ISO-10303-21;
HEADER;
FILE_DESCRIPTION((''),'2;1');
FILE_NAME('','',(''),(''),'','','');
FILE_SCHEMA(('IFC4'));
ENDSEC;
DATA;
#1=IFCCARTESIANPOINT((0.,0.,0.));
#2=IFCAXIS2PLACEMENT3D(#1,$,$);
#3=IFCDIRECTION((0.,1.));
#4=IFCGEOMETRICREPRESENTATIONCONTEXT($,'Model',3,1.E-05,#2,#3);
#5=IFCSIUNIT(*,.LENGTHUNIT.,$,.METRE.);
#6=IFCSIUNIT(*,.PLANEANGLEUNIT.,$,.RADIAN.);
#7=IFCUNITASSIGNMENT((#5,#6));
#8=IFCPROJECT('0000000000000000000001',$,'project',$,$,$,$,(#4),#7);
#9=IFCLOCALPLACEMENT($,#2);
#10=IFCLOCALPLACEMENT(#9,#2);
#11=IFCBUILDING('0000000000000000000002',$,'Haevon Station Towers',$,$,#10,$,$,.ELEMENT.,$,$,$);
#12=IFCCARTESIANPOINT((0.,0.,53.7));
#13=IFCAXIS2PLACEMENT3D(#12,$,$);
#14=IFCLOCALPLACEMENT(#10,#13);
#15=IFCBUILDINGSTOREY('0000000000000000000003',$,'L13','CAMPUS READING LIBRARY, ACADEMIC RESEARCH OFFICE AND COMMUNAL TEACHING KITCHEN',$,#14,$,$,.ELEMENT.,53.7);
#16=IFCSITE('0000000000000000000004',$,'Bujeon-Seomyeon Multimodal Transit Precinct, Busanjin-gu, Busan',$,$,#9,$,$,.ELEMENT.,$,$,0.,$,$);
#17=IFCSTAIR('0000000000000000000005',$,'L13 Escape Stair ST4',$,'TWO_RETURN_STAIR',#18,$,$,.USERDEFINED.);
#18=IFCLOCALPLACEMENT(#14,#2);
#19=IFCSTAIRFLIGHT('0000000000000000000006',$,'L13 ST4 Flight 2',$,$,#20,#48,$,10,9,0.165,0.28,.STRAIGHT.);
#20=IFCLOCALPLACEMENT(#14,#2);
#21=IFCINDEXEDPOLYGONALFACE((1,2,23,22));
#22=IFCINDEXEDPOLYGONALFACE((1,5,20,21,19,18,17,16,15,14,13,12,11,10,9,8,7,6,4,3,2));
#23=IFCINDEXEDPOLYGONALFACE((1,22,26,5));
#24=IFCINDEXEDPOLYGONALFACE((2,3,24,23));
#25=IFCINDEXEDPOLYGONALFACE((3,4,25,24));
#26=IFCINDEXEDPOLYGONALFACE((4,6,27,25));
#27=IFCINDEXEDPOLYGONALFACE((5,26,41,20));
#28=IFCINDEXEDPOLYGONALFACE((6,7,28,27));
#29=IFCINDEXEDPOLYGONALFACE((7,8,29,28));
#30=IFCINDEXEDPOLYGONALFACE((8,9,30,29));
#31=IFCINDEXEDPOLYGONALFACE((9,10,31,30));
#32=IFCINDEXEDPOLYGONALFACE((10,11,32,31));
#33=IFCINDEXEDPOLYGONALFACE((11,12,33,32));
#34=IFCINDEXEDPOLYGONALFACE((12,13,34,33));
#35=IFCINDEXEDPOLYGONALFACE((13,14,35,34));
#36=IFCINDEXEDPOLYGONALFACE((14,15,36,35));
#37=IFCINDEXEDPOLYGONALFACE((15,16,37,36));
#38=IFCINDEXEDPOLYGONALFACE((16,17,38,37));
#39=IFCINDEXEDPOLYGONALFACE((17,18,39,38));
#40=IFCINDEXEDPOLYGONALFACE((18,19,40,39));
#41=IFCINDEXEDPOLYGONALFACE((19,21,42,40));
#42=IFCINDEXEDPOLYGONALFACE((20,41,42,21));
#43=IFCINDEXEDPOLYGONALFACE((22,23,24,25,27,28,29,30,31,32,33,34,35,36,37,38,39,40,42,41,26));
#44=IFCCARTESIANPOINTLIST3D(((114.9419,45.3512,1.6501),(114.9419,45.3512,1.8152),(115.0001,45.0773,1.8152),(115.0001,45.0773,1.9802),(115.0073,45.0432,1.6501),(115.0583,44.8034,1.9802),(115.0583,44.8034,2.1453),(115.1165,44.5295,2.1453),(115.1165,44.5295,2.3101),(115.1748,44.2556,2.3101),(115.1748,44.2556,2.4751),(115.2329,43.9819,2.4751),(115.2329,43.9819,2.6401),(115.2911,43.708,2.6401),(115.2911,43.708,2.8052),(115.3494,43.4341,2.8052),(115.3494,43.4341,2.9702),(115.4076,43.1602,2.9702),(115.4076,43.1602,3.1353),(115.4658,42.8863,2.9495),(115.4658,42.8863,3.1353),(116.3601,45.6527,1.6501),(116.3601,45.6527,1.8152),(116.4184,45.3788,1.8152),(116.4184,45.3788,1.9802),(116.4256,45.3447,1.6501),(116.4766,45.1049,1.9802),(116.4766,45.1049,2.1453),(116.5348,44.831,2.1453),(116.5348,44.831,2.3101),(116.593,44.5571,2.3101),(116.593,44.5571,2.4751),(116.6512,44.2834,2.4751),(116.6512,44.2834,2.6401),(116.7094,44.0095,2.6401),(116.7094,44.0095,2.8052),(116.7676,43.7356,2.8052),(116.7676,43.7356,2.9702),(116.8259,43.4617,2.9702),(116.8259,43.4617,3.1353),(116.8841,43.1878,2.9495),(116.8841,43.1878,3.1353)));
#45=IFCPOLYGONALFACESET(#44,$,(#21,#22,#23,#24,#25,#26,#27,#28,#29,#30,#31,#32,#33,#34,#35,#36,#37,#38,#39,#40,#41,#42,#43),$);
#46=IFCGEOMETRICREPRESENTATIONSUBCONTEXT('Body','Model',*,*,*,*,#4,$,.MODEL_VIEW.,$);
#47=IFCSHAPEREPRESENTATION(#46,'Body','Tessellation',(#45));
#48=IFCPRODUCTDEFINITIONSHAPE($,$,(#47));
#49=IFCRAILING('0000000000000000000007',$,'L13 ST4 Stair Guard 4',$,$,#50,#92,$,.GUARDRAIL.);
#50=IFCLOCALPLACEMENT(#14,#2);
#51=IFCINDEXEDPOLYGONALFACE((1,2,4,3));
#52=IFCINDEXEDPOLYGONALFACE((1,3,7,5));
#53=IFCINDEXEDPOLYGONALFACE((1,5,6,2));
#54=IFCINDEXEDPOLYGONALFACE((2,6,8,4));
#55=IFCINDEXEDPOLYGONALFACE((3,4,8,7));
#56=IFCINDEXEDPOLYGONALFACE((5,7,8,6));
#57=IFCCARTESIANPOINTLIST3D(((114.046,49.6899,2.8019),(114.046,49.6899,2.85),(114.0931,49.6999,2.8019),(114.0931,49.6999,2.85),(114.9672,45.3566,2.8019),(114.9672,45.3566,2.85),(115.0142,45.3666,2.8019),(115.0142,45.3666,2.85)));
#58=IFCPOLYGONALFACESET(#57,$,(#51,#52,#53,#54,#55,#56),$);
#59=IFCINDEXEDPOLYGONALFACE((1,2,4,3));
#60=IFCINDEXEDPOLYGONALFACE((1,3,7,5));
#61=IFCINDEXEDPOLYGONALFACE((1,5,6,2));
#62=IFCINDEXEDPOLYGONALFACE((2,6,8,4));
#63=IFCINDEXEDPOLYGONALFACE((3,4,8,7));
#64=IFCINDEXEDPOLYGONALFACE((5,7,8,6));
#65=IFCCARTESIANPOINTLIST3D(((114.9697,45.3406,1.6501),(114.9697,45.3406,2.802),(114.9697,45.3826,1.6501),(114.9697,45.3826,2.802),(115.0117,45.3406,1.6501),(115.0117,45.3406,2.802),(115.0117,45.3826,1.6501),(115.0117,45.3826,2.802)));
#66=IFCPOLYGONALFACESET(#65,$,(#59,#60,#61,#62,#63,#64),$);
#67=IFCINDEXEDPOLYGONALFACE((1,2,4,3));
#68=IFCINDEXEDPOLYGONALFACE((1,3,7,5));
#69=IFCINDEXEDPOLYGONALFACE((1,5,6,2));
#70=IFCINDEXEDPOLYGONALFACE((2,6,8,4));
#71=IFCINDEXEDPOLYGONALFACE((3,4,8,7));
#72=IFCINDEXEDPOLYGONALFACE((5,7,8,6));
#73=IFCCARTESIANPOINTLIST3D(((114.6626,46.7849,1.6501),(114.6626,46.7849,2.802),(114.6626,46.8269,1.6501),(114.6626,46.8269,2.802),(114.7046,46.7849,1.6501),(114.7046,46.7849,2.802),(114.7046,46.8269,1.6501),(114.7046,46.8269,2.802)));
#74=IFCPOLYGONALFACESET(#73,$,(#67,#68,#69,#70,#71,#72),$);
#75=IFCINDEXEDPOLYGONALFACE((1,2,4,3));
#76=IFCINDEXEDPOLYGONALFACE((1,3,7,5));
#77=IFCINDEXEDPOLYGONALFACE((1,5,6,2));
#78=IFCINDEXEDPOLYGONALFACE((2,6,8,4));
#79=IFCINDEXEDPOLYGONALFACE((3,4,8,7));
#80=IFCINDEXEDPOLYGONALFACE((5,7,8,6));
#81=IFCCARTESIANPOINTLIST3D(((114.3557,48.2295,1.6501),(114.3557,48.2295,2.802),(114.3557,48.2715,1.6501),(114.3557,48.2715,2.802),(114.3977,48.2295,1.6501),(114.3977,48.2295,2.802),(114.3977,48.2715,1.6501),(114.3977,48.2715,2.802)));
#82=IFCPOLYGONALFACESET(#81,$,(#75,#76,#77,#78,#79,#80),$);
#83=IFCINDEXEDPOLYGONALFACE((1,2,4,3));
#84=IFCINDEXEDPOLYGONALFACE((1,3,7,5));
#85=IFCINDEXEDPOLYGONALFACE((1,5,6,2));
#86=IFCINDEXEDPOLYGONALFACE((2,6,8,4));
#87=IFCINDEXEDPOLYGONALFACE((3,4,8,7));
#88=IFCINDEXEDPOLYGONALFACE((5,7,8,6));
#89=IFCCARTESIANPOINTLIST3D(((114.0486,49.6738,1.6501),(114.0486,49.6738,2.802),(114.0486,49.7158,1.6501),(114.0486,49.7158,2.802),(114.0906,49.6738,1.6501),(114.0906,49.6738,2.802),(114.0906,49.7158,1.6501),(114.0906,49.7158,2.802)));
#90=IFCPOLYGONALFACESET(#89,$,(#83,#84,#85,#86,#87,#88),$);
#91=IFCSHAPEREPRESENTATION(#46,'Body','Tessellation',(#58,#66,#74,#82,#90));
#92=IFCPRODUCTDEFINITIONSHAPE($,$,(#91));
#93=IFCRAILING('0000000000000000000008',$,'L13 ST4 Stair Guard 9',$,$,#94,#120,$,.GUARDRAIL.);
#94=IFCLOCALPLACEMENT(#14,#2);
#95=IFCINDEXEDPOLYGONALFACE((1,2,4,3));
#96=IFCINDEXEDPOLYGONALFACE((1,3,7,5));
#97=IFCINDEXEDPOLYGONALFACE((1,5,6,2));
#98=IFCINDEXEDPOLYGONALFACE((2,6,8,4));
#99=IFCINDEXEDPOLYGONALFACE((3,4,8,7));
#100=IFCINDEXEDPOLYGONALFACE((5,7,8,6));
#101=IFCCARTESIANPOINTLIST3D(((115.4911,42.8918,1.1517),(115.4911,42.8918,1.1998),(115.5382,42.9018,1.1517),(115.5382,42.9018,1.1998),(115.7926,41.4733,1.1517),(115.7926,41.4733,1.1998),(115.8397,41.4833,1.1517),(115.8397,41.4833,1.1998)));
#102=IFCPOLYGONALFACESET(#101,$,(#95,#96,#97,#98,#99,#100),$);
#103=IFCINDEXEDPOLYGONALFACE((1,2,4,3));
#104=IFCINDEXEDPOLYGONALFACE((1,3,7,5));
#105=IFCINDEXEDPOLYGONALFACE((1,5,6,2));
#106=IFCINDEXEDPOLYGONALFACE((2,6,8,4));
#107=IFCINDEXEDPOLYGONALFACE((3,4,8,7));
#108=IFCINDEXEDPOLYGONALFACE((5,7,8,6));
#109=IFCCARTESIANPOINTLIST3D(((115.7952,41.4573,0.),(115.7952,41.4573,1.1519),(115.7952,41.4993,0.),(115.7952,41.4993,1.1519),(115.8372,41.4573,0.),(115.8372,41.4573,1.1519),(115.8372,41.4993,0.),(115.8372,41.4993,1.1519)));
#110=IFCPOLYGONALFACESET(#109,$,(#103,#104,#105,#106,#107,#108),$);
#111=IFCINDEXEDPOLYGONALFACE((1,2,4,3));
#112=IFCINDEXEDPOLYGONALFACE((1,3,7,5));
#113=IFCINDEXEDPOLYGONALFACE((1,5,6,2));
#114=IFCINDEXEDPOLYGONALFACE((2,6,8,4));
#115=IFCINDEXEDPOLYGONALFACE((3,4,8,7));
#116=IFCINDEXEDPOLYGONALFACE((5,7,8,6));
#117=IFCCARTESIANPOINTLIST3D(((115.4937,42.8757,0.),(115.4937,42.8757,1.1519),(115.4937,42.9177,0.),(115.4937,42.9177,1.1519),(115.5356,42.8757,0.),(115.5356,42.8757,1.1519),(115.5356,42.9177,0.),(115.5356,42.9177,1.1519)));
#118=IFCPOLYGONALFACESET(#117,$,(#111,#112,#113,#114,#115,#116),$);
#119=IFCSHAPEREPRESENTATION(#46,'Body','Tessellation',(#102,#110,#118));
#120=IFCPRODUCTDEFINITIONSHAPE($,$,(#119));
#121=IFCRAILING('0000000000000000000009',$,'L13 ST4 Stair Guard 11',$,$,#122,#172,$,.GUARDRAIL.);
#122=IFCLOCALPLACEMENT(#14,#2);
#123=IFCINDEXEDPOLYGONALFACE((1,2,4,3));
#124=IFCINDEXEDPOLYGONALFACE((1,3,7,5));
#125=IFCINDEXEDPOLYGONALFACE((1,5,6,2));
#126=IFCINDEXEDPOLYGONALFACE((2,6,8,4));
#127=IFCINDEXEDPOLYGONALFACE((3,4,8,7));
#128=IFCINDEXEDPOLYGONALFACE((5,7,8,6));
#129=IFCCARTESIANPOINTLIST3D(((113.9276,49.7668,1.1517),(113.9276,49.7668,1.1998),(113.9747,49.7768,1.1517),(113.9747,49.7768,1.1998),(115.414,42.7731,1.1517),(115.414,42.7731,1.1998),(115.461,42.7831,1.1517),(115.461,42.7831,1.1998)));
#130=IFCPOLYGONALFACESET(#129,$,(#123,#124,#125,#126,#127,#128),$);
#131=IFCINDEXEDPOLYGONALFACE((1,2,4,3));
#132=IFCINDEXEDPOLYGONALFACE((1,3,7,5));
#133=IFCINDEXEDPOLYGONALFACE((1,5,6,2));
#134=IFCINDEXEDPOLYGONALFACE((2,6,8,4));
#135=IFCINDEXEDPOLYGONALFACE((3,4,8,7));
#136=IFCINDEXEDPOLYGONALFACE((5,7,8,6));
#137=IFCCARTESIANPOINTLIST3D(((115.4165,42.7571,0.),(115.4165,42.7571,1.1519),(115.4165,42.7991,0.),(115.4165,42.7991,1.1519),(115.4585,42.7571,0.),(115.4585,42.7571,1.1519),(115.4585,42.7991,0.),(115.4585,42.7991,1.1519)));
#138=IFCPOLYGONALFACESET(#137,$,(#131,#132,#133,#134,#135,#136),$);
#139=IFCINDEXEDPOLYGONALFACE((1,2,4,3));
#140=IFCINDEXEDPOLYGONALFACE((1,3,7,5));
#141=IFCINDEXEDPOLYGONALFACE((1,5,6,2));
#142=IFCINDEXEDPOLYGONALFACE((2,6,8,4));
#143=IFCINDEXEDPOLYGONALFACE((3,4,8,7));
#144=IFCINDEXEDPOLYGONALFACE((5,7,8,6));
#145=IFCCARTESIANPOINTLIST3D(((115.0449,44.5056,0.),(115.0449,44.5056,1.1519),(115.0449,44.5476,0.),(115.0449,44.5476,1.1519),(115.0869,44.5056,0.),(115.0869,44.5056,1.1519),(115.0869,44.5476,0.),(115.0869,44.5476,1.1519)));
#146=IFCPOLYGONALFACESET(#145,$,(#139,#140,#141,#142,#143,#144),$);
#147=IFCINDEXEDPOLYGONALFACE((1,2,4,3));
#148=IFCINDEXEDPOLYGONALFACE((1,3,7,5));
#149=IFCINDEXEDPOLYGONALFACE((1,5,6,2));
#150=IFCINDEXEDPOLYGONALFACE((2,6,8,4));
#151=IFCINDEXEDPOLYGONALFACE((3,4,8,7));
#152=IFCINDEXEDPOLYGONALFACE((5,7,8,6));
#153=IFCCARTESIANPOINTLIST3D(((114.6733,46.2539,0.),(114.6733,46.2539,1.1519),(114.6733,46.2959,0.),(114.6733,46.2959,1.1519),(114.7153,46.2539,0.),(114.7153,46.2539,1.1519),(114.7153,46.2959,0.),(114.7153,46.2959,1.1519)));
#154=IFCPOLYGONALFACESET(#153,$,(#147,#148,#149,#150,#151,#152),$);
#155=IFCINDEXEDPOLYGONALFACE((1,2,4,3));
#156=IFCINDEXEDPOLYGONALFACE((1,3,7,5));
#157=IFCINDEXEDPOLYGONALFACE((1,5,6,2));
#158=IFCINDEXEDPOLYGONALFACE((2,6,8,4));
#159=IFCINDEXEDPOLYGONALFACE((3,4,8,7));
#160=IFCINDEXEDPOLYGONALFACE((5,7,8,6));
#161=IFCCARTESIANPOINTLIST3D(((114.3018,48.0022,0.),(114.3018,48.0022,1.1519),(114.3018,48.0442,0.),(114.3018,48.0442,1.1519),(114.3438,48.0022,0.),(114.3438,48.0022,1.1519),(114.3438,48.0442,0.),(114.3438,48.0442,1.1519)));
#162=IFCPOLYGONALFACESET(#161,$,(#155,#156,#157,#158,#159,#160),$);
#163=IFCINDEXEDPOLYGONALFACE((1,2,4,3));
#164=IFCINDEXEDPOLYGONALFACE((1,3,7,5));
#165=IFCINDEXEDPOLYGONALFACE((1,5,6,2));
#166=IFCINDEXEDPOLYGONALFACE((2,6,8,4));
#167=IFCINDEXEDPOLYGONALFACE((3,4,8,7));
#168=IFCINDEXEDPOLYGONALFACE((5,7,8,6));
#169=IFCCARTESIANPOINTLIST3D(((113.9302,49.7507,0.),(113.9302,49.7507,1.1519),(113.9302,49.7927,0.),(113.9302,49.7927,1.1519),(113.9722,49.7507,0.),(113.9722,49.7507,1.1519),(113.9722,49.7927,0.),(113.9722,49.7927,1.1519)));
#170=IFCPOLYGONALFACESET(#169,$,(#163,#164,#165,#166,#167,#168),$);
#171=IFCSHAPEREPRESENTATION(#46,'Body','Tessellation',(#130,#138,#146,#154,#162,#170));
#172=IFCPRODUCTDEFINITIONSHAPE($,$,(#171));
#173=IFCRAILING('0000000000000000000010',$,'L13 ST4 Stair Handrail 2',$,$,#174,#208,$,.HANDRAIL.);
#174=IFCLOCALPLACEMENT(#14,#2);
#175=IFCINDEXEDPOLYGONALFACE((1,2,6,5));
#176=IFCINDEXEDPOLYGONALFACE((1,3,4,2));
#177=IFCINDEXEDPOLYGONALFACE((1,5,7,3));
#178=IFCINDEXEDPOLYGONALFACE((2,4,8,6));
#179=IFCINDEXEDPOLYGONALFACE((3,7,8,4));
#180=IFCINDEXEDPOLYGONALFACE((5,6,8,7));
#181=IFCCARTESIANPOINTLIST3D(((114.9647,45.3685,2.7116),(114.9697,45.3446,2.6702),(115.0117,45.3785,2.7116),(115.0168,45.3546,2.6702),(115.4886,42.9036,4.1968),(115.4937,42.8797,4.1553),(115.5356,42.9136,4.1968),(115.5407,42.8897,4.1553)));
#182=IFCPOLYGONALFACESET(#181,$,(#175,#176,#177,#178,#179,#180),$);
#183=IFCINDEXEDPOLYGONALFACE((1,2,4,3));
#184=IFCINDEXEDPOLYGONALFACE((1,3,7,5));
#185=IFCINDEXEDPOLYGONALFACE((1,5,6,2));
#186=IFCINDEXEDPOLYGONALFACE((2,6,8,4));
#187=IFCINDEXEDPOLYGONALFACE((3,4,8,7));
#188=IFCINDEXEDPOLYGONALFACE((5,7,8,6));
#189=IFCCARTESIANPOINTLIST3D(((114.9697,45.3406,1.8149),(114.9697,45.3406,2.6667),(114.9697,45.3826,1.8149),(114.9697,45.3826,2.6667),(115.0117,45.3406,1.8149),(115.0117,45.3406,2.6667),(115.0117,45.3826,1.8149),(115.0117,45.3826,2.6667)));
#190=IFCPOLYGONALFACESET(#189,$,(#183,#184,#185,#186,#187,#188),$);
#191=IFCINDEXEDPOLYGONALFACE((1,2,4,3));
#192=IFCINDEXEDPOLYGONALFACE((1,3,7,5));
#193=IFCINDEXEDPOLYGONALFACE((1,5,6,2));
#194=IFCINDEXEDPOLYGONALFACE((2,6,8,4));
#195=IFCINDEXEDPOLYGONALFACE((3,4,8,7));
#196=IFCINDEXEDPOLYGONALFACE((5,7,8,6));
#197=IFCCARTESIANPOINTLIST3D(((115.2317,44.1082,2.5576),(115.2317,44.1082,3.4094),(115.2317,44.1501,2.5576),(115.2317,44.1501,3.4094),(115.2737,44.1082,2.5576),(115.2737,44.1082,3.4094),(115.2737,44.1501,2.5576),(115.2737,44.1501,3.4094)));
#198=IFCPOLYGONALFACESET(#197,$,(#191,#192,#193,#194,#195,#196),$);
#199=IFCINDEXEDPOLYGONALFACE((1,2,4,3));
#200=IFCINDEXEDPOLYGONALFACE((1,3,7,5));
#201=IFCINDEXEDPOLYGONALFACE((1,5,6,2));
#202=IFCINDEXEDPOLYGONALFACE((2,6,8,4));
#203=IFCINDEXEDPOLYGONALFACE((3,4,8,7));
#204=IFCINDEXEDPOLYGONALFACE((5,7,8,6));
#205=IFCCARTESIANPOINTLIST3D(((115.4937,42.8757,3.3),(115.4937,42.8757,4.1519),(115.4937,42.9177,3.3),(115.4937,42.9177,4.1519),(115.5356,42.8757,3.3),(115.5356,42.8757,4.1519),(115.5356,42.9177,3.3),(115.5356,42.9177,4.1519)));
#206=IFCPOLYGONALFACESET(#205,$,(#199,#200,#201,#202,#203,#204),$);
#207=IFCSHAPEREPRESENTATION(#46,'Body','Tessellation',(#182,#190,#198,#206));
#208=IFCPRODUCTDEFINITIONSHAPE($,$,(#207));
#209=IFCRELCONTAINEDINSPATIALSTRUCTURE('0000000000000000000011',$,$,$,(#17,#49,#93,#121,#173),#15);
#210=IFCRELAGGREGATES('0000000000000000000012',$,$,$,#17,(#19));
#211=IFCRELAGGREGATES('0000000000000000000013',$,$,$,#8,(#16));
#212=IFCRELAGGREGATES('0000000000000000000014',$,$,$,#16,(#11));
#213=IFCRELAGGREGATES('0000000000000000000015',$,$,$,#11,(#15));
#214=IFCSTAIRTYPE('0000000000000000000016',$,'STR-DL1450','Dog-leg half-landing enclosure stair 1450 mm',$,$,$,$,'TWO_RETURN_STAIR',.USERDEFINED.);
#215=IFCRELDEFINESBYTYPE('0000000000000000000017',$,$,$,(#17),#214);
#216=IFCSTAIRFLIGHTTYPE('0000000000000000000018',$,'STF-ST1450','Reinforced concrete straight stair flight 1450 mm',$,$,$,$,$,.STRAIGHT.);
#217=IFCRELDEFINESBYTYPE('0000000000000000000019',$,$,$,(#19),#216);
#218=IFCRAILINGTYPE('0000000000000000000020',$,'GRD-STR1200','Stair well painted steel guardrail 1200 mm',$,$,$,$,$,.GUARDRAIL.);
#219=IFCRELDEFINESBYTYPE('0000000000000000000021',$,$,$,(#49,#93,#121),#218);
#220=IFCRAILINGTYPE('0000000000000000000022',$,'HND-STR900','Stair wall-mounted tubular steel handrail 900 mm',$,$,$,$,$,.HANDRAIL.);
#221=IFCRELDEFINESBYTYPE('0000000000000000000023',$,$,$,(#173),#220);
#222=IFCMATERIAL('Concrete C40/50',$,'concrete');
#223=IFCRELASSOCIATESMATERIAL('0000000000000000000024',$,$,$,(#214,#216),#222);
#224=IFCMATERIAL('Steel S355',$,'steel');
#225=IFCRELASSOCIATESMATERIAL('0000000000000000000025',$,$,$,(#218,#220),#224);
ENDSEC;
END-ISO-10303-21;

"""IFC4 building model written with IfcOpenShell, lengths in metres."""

from ifc_helpers import new_model, si_unit, direction, frame, origin, origin_2d, place, context, subcontext, project, spatial, polyline, rectangle, outline, extrude, material, type_object, element, aggregate, save


model = new_model("IFC4")

# Units and contexts
model_context = context("Model", 3, precision=1e-05, world=origin(), true_north=direction((0.0, 1.0)))
body_context = subcontext(model_context, "Body", "Model", "MODEL_VIEW")
ifc_project = project(units=[si_unit("LENGTHUNIT", "METRE"), si_unit("PLANEANGLEUNIT", "RADIAN")], contexts=[model_context])

# Site, building, storey
site_placement = place(None, origin())
site = spatial("IfcSite", under=ifc_project, at=site_placement, Name="Bujeon-Seomyeon Multimodal Transit Precinct, Busanjin-gu, Busan", CompositionType="ELEMENT", RefElevation=0.0)
building_placement = place(site_placement, origin())
building = spatial("IfcBuilding", under=site, at=building_placement, Name="Haevon Station Towers", CompositionType="ELEMENT")
storey_placement = place(building_placement, frame((0.0, 0.0, 53.7)))
storey = spatial("IfcBuildingStorey", under=building, at=storey_placement, Name="L13", Description="CAMPUS READING LIBRARY, ACADEMIC RESEARCH OFFICE AND COMMUNAL TEACHING KITCHEN", CompositionType="ELEMENT", Elevation=53.7)

# Shared definitions
ifc_material_1 = material(Name="Steel S355", Category="steel")

# Shared definitions
ifc_material_2 = material(Name="Concrete C40/50", Category="concrete")

# Stair, stair flight
stair_type = type_object("IfcStairType", Name="STR-DL1450", Description="Dog-leg half-landing enclosure stair 1450 mm", ElementType="TWO_RETURN_STAIR", PredefinedType="USERDEFINED", material=ifc_material_2)
stair_placement = place(storey_placement, origin())
stair = element("IfcStair", 1, at=stair_placement, inside=storey, type_object=stair_type, Name="L13 Escape Stair ST4", ObjectType="TWO_RETURN_STAIR", PredefinedType="USERDEFINED")
stair_flight_type = type_object("IfcStairFlightType", Name="STF-ST1450", Description="Reinforced concrete straight stair flight 1450 mm", PredefinedType="STRAIGHT", material=ifc_material_2)
stair_flight_placement = place(storey_placement, frame((115.6509, 45.502, 1.6501), z_axis=(0.0, 0.0, 1.0), x_axis=(0.207912, -0.978148, 0.0)))
stair_flight = element("IfcStairFlight", 2, at=stair_flight_placement, type_object=stair_flight_type, Name="L13 ST4 Flight 2", NumberOfRisers=10, NumberOfTreads=9, PredefinedType="STRAIGHT", RiserHeight=0.165, TreadLength=0.28, context=body_context, shape_type="SweptSolid", body=[
    extrude(outline(polyline([(0.0, 0.0), (0.0, 0.165), (0.28, 0.165), (0.28, 0.3301), (0.5601, 0.3301), (0.5601, 0.4951), (0.8401, 0.4951), (0.8401, 0.6599), (1.1201, 0.6599), (1.1201, 0.825), (1.3999, 0.825), (1.3999, 0.99), (1.6799, 0.99), (1.6799, 1.155), (1.96, 1.155), (1.96, 1.3201), (2.24, 1.3201), (2.24, 1.4851), (2.52, 1.4851), (2.52, 1.6499), (2.52, 1.2993), (0.3149, 0.0), (0.0, 0.0)])), frame((0.0, 0.7251, 0.0), z_axis=(0.0, -1.0, 0.0), x_axis=(1.0, 0.0, 0.0)), (0.0, 0.0, 1.0), 1.45),
])
aggregate(stair, [stair_flight])

# Railings
railing_type_1 = type_object("IfcRailingType", Name="GRD-STR1200", Description="Stair well painted steel guardrail 1200 mm", PredefinedType="GUARDRAIL", material=ifc_material_1)
railing_1_placement = place(storey_placement, frame((114.9907, 45.3616, 1.6501)))
element("IfcRailing", 3, at=railing_1_placement, inside=storey, type_object=railing_type_1, Name="L13 ST4 Stair Guard 4", PredefinedType="GUARDRAIL", context=body_context, shape_type="SweptSolid", body=[
    extrude(rectangle(XDim=0.0481, YDim=0.0481, at=origin_2d()), frame((0.0, 0.0, 1.1758), z_axis=(-0.207929, 0.978144, 0.0), x_axis=(-0.978144, -0.207929, 0.0)), (0.0, 0.0, 1.0), 4.4302),
    extrude(rectangle(XDim=0.042, YDim=0.042, at=origin_2d()), origin(), (0.0, 0.0, 1.0), 1.1519),
    extrude(rectangle(XDim=0.042, YDim=0.042, at=origin_2d()), frame((-0.3071, 1.4443, 0.0)), (0.0, 0.0, 1.0), 1.1519),
    extrude(rectangle(XDim=0.042, YDim=0.042, at=origin_2d()), frame((-0.614, 2.8889, 0.0)), (0.0, 0.0, 1.0), 1.1519),
    extrude(rectangle(XDim=0.042, YDim=0.042, at=origin_2d()), frame((-0.9211, 4.3333, 0.0)), (0.0, 0.0, 1.0), 1.1519),
])
railing_2_placement = place(storey_placement, frame((115.8162, 41.4783, 0.0)))
element("IfcRailing", 4, at=railing_2_placement, inside=storey, type_object=railing_type_1, Name="L13 ST4 Stair Guard 9", PredefinedType="GUARDRAIL", context=body_context, shape_type="SweptSolid", body=[
    extrude(rectangle(XDim=0.0481, YDim=0.0481, at=origin_2d()), frame((0.0, 0.0, 1.1758), z_axis=(-0.207919, 0.978146, 0.0), x_axis=(-0.978146, -0.207919, 0.0)), (0.0, 0.0, 1.0), 1.4502),
    extrude(rectangle(XDim=0.042, YDim=0.042, at=origin_2d()), origin(), (0.0, 0.0, 1.0), 1.1519),
    extrude(rectangle(XDim=0.042, YDim=0.042, at=origin_2d()), frame((-0.3015, 1.4185, 0.0)), (0.0, 0.0, 1.0), 1.1519),
])
railing_3_placement = place(storey_placement, frame((115.4375, 42.7781, 0.0)))
element("IfcRailing", 5, at=railing_3_placement, inside=storey, type_object=railing_type_1, Name="L13 ST4 Stair Guard 11", PredefinedType="GUARDRAIL", context=body_context, shape_type="SweptSolid", body=[
    extrude(rectangle(XDim=0.0481, YDim=0.0481, at=origin_2d()), frame((0.0, 0.0, 1.1758), z_axis=(-0.207882, 0.978154, 0.0), x_axis=(-0.978154, -0.207882, 0.0)), (0.0, 0.0, 1.0), 7.1499),
    extrude(rectangle(XDim=0.042, YDim=0.042, at=origin_2d()), origin(), (0.0, 0.0, 1.0), 1.1519),
    extrude(rectangle(XDim=0.042, YDim=0.042, at=origin_2d()), frame((-0.3716, 1.7485, 0.0)), (0.0, 0.0, 1.0), 1.1519),
    extrude(rectangle(XDim=0.042, YDim=0.042, at=origin_2d()), frame((-0.7432, 3.4968, 0.0)), (0.0, 0.0, 1.0), 1.1519),
    extrude(rectangle(XDim=0.042, YDim=0.042, at=origin_2d()), frame((-1.1147, 5.2451, 0.0)), (0.0, 0.0, 1.0), 1.1519),
    extrude(rectangle(XDim=0.042, YDim=0.042, at=origin_2d()), frame((-1.4863, 6.9937, 0.0)), (0.0, 0.0, 1.0), 1.1519),
])
railing_type_2 = type_object("IfcRailingType", Name="HND-STR900", Description="Stair wall-mounted tubular steel handrail 900 mm", PredefinedType="HANDRAIL", material=ifc_material_1)
railing_4_placement = place(storey_placement, frame((114.9907, 45.3616, 1.8149)))
element("IfcRailing", 6, at=railing_4_placement, inside=storey, type_object=railing_type_2, Name="L13 ST4 Stair Handrail 2", PredefinedType="HANDRAIL", context=body_context, shape_type="SweptSolid", body=[
    extrude(rectangle(XDim=0.0481, YDim=0.0481, at=origin_2d()), frame((0.0, 0.0, 0.876), z_axis=(0.179121, -0.842688, 0.507733), x_axis=(0.978147, 0.207914, 0.0)), (0.0, 0.0, 1.0), 2.925),
    extrude(rectangle(XDim=0.042, YDim=0.042, at=origin_2d()), origin(), (0.0, 0.0, 1.0), 0.8518),
    extrude(rectangle(XDim=0.042, YDim=0.042, at=origin_2d()), frame((0.262, -1.2324, 0.7427)), (0.0, 0.0, 1.0), 0.8518),
    extrude(rectangle(XDim=0.042, YDim=0.042, at=origin_2d()), frame((0.5239, -2.4648, 1.4851)), (0.0, 0.0, 1.0), 0.8518),
])

save(model, "model.ifc")
